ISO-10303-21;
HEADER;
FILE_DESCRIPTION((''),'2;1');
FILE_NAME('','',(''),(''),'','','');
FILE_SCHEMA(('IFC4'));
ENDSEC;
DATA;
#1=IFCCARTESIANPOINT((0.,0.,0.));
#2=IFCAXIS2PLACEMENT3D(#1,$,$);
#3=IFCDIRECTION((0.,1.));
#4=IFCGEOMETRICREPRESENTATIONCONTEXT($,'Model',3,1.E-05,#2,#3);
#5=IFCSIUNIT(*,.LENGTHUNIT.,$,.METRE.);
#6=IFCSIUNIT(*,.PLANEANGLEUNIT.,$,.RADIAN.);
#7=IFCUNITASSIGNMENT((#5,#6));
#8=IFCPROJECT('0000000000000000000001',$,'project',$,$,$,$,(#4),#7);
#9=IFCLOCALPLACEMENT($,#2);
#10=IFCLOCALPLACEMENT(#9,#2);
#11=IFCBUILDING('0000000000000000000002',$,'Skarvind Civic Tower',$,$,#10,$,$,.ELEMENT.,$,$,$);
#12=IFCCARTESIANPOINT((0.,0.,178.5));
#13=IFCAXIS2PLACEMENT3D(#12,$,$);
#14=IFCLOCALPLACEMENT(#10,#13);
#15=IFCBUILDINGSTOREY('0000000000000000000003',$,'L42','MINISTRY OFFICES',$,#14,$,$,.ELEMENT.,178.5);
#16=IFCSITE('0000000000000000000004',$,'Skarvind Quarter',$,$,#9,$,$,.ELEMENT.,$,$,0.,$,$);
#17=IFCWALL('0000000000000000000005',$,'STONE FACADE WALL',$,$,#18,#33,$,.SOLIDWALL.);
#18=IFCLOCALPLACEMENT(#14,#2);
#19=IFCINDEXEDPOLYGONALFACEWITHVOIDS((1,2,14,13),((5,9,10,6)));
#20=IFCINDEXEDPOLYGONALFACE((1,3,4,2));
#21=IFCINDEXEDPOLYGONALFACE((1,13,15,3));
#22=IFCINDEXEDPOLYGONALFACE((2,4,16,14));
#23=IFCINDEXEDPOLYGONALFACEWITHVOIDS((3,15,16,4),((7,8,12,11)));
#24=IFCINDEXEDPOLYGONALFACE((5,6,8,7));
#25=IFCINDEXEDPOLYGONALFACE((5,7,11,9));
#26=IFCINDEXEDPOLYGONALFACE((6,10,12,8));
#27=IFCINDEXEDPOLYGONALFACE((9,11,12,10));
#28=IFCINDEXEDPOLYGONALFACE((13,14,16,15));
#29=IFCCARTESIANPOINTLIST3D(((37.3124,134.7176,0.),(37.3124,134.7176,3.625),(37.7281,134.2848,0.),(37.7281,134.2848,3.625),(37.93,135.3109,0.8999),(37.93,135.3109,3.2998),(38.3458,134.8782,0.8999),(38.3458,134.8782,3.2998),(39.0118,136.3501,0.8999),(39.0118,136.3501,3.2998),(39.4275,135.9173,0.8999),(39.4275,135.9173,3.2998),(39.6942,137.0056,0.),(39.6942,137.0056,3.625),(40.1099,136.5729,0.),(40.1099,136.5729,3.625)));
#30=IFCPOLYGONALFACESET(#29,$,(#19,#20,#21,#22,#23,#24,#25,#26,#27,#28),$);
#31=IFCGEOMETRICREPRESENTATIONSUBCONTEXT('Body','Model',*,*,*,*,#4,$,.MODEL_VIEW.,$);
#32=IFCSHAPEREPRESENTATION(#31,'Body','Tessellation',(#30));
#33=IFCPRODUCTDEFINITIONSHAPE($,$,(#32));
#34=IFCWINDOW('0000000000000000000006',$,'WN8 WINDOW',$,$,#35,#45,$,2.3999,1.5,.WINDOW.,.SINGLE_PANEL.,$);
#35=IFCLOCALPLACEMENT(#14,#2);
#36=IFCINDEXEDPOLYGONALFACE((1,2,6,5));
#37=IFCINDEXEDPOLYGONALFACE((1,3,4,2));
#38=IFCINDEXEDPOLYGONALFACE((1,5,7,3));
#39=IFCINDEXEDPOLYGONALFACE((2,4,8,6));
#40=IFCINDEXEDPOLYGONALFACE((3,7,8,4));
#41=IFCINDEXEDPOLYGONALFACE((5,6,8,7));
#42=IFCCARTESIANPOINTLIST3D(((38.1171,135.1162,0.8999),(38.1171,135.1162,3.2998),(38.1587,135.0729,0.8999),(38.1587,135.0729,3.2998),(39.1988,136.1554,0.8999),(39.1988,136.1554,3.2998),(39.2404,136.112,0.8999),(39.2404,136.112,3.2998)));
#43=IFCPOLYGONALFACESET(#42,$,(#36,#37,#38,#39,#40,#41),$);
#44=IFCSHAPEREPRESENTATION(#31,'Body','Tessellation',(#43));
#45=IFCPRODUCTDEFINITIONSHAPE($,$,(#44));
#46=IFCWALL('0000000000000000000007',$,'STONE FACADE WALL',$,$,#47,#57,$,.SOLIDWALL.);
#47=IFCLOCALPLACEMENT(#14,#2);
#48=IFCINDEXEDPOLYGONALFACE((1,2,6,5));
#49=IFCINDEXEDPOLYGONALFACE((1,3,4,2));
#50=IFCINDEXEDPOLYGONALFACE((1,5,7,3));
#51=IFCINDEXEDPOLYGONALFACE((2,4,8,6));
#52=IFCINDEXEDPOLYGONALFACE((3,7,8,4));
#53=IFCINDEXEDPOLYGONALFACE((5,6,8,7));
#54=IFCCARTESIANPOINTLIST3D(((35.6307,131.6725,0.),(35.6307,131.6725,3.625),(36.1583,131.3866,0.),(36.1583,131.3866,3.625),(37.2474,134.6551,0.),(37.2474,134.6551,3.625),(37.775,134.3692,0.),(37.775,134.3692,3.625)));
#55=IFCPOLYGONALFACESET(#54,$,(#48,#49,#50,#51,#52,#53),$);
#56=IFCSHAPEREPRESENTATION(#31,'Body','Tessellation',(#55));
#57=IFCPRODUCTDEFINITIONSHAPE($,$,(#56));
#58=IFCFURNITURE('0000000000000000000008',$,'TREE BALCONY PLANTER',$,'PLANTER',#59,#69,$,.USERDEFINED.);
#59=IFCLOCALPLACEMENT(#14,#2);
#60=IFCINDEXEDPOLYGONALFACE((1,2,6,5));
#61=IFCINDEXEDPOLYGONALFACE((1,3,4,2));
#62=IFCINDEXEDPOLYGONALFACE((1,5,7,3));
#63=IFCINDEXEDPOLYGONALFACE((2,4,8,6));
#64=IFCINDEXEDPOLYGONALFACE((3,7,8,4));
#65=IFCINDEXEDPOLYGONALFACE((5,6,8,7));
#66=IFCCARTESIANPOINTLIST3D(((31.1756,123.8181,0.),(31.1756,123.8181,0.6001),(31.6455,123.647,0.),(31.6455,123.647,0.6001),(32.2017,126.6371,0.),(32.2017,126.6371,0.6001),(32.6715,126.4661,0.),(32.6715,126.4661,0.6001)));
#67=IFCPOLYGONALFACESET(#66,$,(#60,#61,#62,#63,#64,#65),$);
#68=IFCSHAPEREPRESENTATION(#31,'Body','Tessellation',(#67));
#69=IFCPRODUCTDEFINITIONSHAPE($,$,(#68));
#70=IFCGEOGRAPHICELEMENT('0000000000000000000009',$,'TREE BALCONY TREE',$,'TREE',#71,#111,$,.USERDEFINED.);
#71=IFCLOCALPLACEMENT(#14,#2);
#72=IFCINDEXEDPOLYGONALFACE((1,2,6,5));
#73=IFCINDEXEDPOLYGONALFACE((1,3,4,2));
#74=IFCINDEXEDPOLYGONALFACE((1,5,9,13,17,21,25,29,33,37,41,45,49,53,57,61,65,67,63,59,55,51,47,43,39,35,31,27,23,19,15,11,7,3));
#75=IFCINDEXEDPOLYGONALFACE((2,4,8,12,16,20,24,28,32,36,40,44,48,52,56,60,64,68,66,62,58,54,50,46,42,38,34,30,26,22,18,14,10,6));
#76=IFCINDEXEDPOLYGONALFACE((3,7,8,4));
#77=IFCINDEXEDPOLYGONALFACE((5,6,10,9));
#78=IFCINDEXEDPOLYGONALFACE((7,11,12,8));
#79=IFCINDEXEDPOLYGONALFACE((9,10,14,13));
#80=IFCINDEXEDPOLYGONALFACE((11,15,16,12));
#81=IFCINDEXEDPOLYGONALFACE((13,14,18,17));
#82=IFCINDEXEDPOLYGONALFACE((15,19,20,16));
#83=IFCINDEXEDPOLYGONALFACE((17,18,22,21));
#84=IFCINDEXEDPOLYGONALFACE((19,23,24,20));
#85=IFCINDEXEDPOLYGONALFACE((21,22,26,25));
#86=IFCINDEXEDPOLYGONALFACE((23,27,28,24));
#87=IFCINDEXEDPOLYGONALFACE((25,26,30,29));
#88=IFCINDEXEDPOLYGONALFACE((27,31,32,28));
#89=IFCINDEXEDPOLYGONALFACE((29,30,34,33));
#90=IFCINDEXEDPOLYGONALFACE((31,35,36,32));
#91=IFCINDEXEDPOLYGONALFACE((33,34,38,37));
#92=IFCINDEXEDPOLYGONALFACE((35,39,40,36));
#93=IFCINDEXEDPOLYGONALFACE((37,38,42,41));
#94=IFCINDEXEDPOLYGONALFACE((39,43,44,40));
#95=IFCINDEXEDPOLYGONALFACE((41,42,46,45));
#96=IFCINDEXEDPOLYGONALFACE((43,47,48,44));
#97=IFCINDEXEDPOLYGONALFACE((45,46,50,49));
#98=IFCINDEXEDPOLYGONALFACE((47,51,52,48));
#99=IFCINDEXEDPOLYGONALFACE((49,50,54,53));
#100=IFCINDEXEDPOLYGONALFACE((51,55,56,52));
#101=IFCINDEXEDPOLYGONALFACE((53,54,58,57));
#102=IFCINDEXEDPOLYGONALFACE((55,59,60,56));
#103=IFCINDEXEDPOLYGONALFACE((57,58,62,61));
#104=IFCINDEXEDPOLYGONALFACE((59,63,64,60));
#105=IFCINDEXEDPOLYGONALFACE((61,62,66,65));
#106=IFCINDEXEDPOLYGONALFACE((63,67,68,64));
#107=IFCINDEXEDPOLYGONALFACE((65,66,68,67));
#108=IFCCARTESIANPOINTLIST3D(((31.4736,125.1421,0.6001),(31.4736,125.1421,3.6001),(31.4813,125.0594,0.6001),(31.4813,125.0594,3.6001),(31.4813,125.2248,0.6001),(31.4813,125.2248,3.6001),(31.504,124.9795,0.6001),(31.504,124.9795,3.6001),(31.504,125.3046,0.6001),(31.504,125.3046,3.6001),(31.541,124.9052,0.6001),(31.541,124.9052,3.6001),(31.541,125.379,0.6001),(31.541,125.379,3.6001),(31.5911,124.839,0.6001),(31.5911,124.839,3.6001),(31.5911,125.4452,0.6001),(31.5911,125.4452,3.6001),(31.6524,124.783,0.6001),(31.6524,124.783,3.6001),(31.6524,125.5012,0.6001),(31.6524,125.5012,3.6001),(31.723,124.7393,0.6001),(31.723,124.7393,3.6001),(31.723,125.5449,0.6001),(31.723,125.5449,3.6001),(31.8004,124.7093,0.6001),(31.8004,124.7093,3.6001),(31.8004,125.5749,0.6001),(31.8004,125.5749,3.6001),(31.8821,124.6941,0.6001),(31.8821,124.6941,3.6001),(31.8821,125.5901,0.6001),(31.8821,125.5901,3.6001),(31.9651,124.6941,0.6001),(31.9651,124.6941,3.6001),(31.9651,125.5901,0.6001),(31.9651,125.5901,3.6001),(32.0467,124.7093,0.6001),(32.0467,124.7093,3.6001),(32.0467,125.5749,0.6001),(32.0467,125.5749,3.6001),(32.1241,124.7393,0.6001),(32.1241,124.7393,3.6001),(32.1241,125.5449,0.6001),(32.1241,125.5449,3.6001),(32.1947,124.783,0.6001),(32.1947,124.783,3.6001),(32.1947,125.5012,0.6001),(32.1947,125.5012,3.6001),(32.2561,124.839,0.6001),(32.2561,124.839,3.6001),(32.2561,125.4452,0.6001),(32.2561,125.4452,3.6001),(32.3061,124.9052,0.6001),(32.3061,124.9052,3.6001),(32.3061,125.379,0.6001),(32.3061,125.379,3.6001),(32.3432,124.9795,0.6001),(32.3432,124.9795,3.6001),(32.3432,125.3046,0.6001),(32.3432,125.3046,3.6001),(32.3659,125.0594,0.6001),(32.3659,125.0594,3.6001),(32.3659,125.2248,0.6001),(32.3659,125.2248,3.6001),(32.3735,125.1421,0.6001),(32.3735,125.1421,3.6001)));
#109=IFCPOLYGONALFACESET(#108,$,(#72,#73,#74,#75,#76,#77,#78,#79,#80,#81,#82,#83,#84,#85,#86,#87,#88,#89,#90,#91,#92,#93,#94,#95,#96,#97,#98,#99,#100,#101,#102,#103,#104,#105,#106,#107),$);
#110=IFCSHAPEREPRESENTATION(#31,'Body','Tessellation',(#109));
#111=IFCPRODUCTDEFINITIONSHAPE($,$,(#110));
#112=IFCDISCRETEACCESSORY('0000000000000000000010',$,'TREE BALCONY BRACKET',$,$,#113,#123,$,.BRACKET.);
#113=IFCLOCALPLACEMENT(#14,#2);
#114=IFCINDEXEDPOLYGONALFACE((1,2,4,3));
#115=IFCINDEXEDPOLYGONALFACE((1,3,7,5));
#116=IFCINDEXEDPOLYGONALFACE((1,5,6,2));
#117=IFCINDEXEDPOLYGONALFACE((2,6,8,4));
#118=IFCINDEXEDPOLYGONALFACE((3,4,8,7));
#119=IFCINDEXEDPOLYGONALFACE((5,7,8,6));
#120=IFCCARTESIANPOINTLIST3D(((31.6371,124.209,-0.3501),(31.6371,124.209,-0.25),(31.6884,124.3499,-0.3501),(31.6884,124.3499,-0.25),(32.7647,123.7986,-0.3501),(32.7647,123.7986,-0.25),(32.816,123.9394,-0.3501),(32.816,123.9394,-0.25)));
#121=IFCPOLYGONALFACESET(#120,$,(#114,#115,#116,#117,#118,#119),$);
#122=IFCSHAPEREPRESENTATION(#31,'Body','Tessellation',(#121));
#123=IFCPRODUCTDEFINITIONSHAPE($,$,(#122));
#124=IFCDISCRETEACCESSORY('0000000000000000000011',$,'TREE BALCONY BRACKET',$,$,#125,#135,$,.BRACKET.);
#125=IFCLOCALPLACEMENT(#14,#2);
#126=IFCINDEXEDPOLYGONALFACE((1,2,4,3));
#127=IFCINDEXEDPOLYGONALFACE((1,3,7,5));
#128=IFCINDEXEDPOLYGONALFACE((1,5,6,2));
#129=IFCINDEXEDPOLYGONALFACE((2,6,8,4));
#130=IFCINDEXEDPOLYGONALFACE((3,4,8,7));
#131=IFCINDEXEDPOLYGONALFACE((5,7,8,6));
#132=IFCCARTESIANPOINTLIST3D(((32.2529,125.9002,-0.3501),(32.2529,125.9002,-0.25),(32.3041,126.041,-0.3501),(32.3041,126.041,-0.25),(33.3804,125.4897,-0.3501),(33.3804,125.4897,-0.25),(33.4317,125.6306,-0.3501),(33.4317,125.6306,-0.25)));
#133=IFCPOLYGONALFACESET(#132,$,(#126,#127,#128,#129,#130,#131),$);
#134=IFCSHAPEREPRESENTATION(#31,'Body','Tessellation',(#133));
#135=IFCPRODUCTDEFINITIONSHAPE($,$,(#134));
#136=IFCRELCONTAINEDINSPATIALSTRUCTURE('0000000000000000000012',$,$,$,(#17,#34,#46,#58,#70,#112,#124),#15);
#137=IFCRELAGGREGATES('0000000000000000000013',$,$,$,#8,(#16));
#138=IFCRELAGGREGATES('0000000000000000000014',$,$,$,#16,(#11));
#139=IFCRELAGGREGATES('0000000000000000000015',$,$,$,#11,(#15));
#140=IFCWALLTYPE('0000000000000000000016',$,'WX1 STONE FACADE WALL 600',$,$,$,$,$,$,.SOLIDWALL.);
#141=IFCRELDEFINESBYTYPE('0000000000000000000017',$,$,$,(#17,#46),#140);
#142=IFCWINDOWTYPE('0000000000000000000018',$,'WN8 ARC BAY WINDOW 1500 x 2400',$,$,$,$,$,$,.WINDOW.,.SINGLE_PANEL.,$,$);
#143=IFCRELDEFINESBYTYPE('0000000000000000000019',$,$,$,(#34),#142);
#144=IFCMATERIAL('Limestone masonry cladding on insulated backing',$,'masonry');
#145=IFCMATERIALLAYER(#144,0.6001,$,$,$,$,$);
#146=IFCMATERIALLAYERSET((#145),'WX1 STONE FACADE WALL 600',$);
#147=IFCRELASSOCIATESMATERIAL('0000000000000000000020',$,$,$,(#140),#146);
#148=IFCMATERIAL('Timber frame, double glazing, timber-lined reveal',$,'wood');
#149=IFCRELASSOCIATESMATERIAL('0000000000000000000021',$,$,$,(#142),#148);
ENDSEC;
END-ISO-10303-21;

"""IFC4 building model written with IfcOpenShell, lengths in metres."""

from ifc_helpers import new_model, si_unit, direction, frame, frame_2d, origin, origin_2d, place, context, subcontext, project, spatial, rectangle, circle, extrude, material, layer, layer_set, type_object, element, fill, save


model = new_model("IFC4")

# Units and contexts
model_context = context("Model", 3, precision=1e-05, world=origin(), true_north=direction((0.0, 1.0)))
body_context = subcontext(model_context, "Body", "Model", "MODEL_VIEW")
ifc_project = project(units=[si_unit("LENGTHUNIT", "METRE"), si_unit("PLANEANGLEUNIT", "RADIAN")], contexts=[model_context])

# Site, building, storey
site_placement = place(None, origin())
site = spatial("IfcSite", under=ifc_project, at=site_placement, Name="Skarvind Quarter", CompositionType="ELEMENT", RefElevation=0.0)
building_placement = place(site_placement, origin())
building = spatial("IfcBuilding", under=site, at=building_placement, Name="Skarvind Civic Tower", CompositionType="ELEMENT")
storey_placement = place(building_placement, frame((0.0, 0.0, 178.5)))
storey = spatial("IfcBuildingStorey", under=building, at=storey_placement, Name="L42", Description="MINISTRY OFFICES", CompositionType="ELEMENT", Elevation=178.5)

# Wall, opening, window
ifc_material_1 = material(Name="Limestone masonry cladding on insulated backing", Category="masonry")
ifc_layer_1 = layer(ifc_material_1, 0.6001)
ifc_layer_set_1 = layer_set([ifc_layer_1], Name="WX1 STONE FACADE WALL 600")
wall_type_1 = type_object("IfcWallType", Name="WX1 STONE FACADE WALL 600", PredefinedType="SOLIDWALL", material=ifc_layer_set_1)
ifc_material_2 = material(Name="Timber frame, double glazing, timber-lined reveal", Category="wood")
window_type = type_object("IfcWindowType", Name="WN8 ARC BAY WINDOW 1500 x 2400", PartitioningType="SINGLE_PANEL", PredefinedType="WINDOW", material=ifc_material_2)
wall_1_placement = place(storey_placement, frame((37.5203, 134.5012, 0.0), z_axis=(0.0, 0.0, 1.0), x_axis=(0.721157, 0.692772, 0.0)))
wall_1 = element("IfcWall", 1, at=wall_1_placement, inside=storey, type_object=wall_type_1, Name="STONE FACADE WALL", PredefinedType="SOLIDWALL", context=body_context, shape_type="SweptSolid", body=[
    extrude(rectangle(XDim=3.3027, YDim=0.6001, at=frame_2d((1.6514, 0.0))), origin(), (0.0, 0.0, 1.0), 3.625),
])
opening_1_placement = place(wall_1_placement, frame((0.8564, 0.0, 0.8999)))
opening_1 = element("IfcOpeningElement", 2, at=opening_1_placement, cuts=wall_1, PredefinedType="OPENING", context=body_context, shape_type="SweptSolid", body=[
    extrude(rectangle(XDim=1.5, YDim=2.3999, at=frame_2d((0.75, 1.2))), frame((0.0, 0.3101, 0.0), z_axis=(0.0, -1.0, 0.0), x_axis=(1.0, 0.0, 0.0)), (0.0, 0.0, 1.0), 0.6201),
])
window_1_placement = place(opening_1_placement, origin())
window_1 = element("IfcWindow", 3, at=window_1_placement, inside=storey, type_object=window_type, Name="WN8 WINDOW", OverallHeight=2.3999, OverallWidth=1.5, PartitioningType="SINGLE_PANEL", PredefinedType="WINDOW", context=body_context, shape_type="SweptSolid", body=[
    extrude(rectangle(XDim=1.5, YDim=2.3999, at=frame_2d((0.75, 1.2))), frame((0.0, 0.03, 0.0), z_axis=(0.0, -1.0, 0.0), x_axis=(1.0, 0.0, 0.0)), (0.0, 0.0, 1.0), 0.0601),
])
fill(opening_1, window_1)

# Wall
wall_2_placement = place(storey_placement, frame((35.8945, 131.5295, 0.0), z_axis=(0.0, 0.0, 1.0), x_axis=(0.476531, 0.879158, 0.0)))
element("IfcWall", 4, at=wall_2_placement, inside=storey, type_object=wall_type_1, Name="STONE FACADE WALL", PredefinedType="SOLIDWALL", context=body_context, shape_type="SweptSolid", body=[
    extrude(rectangle(XDim=3.3926, YDim=0.6001, at=frame_2d((1.6963, 0.0))), origin(), (0.0, 0.0, 1.0), 3.625),
])

# Furniture
furniture_placement = place(storey_placement, frame((31.9236, 125.1421, 0.0), z_axis=(0.0, 0.0, 1.0), x_axis=(0.34202, 0.939693, 0.0)))
element("IfcFurniture", 5, at=furniture_placement, inside=storey, Name="TREE BALCONY PLANTER", ObjectType="PLANTER", PredefinedType="USERDEFINED", context=body_context, shape_type="SweptSolid", body=[
    extrude(rectangle(XDim=3.0, YDim=0.5, at=origin_2d()), origin(), (0.0, 0.0, 1.0), 0.6001),
])

# Geographic element
geographic_element_placement = place(storey_placement, frame((31.9236, 125.1421, 0.6001), z_axis=(0.0, 0.0, 1.0), x_axis=(1.0, 0.0, 0.0)))
element("IfcGeographicElement", 6, at=geographic_element_placement, inside=storey, Name="TREE BALCONY TREE", ObjectType="TREE", PredefinedType="USERDEFINED", context=body_context, shape_type="SweptSolid", body=[
    extrude(circle(Radius=0.45, at=origin_2d()), origin(), (0.0, 0.0, 1.0), 3.0),
])

# Discrete accessories
for number, where, z_axis, x_axis, name in (
    (7, (32.2266, 124.0742, -0.3501), (0.0, 0.0, 1.0), (0.34202, 0.939693, 0.0), "TREE BALCONY BRACKET"),
    (8, (32.8423, 125.7654, -0.3501), (0.0, 0.0, 1.0), (0.34202, 0.939693, 0.0), "TREE BALCONY BRACKET"),
):
    element("IfcDiscreteAccessory", number, at=place(storey_placement, frame(where, z_axis=z_axis, x_axis=x_axis)), inside=storey, Name=name, PredefinedType="BRACKET", context=body_context, shape_type="SweptSolid", body=[
        extrude(rectangle(XDim=0.1499, YDim=1.2, at=origin_2d()), origin(), (0.0, 0.0, 1.0), 0.1001),
    ])

save(model, "model.ifc")
